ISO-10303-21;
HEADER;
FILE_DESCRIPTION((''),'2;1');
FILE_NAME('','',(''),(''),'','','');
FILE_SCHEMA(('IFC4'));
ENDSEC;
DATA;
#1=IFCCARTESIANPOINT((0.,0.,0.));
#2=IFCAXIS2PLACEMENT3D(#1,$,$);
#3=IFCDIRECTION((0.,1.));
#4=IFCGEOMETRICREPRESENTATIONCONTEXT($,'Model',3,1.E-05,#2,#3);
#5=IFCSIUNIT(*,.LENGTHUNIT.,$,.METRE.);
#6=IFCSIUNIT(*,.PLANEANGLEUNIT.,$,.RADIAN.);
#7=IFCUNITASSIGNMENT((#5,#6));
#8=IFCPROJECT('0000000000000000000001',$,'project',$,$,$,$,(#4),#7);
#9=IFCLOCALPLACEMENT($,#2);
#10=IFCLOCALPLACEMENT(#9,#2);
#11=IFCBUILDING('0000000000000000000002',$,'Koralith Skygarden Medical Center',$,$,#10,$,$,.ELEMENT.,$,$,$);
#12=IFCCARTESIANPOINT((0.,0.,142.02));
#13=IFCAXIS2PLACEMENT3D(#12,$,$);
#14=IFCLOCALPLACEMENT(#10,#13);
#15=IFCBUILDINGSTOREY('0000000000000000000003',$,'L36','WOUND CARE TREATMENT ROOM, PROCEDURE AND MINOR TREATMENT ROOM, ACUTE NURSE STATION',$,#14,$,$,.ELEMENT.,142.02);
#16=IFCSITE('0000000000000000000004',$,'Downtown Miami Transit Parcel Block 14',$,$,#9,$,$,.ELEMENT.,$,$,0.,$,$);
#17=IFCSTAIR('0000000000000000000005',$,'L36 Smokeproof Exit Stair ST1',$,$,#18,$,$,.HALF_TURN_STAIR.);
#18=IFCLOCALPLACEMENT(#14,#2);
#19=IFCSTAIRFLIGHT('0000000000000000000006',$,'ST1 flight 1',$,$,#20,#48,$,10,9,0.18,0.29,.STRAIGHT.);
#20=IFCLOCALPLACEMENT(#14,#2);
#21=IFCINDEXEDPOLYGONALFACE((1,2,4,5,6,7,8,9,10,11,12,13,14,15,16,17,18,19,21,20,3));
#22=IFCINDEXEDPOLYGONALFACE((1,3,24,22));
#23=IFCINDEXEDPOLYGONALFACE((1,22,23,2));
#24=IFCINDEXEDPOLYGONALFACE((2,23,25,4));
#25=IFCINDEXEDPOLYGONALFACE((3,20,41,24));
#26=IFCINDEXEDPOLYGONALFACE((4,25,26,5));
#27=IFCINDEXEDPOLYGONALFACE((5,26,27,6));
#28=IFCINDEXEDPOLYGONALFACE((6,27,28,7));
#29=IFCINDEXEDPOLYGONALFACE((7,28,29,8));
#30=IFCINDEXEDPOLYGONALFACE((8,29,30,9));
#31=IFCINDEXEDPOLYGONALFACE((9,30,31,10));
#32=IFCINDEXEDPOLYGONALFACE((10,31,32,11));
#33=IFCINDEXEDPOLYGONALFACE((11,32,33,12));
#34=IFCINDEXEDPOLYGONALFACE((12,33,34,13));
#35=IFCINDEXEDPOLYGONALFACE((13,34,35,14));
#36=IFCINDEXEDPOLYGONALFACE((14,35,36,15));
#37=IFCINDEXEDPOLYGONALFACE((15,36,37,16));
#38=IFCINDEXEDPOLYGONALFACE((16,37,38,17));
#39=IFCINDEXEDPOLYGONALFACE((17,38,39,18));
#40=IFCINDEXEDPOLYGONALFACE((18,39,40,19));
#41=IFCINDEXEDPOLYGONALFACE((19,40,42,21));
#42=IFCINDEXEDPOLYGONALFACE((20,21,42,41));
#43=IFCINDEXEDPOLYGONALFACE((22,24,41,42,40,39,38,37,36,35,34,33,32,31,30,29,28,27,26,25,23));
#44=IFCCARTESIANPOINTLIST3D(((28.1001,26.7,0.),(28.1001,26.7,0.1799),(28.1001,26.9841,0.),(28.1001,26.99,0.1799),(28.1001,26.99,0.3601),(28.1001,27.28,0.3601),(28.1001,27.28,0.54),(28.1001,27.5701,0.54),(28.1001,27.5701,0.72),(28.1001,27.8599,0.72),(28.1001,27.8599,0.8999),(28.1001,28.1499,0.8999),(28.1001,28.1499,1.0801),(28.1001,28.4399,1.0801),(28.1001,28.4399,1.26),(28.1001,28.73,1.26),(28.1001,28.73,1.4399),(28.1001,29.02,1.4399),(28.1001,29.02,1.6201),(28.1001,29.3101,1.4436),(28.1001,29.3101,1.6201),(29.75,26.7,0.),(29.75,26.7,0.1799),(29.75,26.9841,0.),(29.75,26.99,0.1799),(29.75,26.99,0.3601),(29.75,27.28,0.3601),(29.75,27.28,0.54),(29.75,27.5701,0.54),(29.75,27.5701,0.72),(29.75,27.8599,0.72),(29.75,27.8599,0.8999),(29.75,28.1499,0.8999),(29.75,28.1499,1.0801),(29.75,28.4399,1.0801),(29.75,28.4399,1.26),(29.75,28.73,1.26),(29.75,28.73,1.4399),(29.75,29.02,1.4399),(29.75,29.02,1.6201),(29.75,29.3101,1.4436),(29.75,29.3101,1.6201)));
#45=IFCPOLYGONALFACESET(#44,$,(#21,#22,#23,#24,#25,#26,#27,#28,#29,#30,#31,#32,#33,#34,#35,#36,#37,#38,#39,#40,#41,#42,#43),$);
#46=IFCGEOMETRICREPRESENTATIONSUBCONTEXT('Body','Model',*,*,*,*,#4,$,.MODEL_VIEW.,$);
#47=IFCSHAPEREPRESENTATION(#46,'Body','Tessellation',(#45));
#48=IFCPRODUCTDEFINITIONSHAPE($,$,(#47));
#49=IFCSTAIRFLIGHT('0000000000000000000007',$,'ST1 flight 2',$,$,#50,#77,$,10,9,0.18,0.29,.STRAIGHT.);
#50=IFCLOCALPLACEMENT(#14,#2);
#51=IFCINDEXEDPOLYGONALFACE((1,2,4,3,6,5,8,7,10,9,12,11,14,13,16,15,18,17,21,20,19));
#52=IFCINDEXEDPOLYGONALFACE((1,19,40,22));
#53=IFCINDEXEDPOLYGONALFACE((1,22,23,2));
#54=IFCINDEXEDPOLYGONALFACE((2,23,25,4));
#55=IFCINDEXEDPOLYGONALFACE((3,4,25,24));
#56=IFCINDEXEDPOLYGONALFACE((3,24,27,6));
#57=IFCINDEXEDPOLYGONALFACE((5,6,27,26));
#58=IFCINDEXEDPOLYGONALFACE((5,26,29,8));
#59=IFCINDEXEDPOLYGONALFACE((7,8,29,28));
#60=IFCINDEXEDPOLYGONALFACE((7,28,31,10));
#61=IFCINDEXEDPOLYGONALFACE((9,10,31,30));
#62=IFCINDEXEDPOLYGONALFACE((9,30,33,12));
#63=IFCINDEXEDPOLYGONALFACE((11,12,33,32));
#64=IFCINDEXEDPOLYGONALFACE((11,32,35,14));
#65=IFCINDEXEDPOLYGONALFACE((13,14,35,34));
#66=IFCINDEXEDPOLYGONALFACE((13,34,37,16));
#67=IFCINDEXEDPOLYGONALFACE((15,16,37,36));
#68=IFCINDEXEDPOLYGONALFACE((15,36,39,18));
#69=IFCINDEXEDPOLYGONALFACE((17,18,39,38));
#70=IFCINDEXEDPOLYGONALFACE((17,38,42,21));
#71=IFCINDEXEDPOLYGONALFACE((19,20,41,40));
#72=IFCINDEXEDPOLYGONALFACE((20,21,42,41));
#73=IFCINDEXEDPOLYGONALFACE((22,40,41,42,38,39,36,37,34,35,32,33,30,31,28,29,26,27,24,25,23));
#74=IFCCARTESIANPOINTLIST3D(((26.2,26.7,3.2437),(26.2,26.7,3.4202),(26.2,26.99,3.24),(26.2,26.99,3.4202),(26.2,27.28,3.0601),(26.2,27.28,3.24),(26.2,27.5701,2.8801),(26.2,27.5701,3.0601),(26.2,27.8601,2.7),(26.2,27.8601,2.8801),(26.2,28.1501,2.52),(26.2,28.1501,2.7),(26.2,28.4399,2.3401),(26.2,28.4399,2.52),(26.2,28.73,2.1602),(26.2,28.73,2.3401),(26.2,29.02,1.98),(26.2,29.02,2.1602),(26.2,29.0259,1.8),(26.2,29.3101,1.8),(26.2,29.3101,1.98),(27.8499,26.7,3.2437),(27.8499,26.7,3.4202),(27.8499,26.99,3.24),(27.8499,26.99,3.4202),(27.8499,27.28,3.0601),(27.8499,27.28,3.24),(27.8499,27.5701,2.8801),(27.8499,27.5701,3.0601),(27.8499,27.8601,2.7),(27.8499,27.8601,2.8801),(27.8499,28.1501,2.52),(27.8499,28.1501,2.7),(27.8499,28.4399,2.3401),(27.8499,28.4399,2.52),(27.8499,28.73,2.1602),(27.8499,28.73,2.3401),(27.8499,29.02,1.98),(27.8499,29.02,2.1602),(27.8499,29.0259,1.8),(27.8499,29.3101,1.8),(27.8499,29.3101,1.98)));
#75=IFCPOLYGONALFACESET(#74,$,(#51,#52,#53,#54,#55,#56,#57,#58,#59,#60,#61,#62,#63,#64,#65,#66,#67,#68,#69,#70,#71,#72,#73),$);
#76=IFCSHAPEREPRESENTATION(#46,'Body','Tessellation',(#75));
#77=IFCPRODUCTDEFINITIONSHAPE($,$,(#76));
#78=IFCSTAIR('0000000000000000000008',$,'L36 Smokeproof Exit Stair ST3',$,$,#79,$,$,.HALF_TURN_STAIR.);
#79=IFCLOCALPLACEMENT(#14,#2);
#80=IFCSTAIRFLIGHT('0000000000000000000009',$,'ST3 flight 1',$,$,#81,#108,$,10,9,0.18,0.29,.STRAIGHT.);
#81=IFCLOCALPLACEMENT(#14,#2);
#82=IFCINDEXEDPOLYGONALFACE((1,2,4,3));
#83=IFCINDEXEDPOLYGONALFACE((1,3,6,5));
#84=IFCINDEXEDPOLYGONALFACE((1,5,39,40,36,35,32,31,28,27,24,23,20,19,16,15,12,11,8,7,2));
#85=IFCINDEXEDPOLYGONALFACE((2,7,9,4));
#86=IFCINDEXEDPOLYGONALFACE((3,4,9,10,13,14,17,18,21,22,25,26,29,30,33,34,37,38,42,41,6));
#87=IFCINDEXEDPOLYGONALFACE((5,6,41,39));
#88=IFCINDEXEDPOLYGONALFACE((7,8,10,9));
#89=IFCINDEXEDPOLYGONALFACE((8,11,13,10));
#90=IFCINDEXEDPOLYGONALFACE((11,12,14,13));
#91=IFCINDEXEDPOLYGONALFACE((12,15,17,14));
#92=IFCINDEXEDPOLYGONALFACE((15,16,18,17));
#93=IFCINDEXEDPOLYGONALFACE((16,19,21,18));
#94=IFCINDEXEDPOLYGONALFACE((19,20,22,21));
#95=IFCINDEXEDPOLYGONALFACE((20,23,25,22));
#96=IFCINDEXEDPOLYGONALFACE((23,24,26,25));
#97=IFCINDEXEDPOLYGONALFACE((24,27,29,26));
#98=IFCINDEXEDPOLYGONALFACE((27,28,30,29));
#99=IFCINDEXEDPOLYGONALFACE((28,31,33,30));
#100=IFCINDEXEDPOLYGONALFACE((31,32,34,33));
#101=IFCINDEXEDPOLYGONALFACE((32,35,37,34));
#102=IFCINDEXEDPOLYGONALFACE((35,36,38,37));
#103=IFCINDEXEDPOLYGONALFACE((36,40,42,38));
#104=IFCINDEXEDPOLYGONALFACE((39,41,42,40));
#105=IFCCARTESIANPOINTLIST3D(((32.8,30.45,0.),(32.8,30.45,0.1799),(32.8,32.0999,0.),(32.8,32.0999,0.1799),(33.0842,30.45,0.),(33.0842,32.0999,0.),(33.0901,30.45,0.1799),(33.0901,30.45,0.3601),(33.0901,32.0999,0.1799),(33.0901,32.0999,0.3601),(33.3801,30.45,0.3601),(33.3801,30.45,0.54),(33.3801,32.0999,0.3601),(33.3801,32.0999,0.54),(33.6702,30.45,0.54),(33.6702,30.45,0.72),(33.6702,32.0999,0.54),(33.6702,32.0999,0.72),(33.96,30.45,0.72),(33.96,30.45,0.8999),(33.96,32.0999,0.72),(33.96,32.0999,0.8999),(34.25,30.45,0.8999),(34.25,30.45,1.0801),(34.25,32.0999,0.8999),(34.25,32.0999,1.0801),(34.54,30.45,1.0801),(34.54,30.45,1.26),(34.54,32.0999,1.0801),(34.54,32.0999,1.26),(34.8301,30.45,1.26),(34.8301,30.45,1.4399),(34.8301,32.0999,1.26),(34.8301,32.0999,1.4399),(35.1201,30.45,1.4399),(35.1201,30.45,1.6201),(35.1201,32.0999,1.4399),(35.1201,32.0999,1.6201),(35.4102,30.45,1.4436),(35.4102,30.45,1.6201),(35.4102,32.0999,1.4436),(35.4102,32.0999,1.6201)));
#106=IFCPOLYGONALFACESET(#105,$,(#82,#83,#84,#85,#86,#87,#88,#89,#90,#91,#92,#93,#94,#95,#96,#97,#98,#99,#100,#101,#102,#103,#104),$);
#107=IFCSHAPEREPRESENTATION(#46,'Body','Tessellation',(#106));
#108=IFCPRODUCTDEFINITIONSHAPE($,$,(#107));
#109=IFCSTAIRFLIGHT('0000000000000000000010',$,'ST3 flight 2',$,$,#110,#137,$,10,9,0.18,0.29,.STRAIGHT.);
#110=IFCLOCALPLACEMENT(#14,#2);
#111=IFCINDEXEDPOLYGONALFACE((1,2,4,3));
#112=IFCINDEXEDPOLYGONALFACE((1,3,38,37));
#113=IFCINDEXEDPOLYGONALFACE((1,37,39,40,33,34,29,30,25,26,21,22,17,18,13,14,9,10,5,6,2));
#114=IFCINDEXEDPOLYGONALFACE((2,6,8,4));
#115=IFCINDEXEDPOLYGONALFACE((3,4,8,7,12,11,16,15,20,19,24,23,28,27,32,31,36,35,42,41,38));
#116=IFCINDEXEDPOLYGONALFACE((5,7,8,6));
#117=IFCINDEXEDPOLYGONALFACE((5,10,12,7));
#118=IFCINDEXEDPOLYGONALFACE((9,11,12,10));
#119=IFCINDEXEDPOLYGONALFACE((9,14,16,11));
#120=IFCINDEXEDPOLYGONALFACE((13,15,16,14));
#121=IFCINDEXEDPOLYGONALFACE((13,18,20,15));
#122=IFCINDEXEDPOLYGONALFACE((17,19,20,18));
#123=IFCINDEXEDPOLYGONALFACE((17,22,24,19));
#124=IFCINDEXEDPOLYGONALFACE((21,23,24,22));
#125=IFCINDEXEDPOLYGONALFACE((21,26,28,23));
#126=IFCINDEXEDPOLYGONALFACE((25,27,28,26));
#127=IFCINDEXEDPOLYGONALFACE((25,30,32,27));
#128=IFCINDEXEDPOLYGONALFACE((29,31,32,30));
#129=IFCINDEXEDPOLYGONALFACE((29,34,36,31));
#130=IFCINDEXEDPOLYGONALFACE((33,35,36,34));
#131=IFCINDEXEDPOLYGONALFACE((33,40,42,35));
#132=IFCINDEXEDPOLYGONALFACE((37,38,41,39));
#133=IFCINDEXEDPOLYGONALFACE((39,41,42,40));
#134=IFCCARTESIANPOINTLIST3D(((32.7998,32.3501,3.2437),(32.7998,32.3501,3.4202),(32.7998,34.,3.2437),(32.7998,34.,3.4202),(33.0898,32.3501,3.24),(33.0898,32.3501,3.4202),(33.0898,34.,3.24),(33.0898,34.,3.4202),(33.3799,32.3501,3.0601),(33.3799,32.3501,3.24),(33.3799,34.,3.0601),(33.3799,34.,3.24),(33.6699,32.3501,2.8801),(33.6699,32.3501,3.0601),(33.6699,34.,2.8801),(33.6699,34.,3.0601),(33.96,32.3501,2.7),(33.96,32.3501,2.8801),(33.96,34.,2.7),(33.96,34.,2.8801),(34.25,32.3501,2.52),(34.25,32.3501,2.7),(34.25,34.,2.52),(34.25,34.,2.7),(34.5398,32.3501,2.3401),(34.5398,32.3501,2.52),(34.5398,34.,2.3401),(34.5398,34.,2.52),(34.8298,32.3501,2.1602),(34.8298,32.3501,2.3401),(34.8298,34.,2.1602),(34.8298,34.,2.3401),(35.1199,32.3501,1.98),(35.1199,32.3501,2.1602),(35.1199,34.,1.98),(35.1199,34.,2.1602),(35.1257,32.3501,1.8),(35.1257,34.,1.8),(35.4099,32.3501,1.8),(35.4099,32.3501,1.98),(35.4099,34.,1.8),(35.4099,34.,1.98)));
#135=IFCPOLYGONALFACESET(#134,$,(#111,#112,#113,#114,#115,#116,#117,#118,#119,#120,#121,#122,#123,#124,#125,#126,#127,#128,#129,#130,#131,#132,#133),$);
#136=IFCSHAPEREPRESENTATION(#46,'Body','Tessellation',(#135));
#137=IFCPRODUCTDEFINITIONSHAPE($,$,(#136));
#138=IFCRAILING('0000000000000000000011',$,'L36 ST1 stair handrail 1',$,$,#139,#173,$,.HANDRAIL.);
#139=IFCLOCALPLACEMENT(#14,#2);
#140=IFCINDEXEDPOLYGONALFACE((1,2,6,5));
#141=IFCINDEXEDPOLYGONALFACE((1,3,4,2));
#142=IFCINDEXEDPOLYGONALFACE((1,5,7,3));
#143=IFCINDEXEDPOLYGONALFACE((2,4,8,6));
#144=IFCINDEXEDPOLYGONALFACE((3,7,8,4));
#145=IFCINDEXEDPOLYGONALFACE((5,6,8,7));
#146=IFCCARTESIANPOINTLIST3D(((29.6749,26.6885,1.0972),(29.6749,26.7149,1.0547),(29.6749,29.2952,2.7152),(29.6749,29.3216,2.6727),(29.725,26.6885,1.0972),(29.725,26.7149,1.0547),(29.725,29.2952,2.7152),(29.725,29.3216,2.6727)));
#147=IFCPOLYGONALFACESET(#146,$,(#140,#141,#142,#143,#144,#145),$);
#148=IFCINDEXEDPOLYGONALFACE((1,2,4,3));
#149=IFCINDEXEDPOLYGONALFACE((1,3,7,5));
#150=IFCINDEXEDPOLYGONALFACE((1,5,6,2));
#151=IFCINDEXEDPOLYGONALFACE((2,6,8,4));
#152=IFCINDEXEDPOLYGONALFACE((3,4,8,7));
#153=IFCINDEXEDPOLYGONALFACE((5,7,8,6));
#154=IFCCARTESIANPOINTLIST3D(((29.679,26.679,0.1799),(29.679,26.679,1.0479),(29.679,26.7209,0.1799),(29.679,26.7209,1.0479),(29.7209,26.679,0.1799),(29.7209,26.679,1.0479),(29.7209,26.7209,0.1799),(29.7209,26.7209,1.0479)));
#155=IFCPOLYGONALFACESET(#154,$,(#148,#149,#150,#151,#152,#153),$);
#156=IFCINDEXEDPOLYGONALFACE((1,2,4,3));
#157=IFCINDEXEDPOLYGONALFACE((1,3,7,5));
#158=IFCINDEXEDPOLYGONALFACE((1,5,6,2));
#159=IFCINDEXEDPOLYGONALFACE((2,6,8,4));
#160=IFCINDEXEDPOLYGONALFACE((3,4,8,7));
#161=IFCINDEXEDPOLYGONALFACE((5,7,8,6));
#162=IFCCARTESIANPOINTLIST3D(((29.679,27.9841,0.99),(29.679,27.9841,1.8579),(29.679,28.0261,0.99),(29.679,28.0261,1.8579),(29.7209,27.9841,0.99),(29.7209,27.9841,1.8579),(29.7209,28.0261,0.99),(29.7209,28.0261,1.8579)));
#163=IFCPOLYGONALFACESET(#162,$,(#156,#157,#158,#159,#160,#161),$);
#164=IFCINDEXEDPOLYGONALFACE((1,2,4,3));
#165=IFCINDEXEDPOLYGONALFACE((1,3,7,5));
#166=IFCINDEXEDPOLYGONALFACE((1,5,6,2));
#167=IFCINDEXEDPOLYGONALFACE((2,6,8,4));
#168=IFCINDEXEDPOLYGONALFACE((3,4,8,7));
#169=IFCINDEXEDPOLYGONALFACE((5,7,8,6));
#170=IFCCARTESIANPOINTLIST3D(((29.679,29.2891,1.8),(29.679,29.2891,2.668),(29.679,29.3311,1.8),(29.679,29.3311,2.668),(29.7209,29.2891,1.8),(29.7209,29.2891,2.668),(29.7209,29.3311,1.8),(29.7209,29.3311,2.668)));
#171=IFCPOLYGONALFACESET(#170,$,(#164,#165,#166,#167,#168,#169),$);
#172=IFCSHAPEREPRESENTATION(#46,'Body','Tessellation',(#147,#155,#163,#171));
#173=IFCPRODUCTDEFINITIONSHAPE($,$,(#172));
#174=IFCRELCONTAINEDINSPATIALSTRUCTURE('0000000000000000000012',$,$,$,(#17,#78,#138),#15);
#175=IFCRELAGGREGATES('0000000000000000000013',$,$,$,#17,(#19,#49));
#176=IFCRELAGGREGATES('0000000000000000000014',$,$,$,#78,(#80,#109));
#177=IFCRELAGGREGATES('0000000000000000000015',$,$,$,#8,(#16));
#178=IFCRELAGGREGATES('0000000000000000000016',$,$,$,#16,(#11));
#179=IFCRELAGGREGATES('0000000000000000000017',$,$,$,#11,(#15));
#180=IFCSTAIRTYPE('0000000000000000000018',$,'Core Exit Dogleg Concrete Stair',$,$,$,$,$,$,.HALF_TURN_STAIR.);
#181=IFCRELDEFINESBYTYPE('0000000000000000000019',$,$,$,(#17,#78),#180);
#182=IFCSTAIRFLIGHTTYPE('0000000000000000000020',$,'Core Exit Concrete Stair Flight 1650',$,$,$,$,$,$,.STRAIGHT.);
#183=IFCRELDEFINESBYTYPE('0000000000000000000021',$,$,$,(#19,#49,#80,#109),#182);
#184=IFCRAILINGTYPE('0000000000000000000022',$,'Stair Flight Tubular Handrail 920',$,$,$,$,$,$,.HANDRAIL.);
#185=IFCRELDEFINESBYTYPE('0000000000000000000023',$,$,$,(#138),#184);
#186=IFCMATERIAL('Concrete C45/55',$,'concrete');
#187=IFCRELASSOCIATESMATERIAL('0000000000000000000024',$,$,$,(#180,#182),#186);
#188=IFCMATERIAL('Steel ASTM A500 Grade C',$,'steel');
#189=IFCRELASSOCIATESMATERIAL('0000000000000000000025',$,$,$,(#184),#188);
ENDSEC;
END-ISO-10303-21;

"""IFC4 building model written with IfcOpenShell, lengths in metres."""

from ifc_helpers import new_model, si_unit, direction, frame, origin, origin_2d, place, context, subcontext, project, spatial, polyline, rectangle, outline, extrude, material, type_object, element, aggregate, save


model = new_model("IFC4")

# Units and contexts
model_context = context("Model", 3, precision=1e-05, world=origin(), true_north=direction((0.0, 1.0)))
body_context = subcontext(model_context, "Body", "Model", "MODEL_VIEW")
ifc_project = project(units=[si_unit("LENGTHUNIT", "METRE"), si_unit("PLANEANGLEUNIT", "RADIAN")], contexts=[model_context])

# Site, building, storey
site_placement = place(None, origin())
site = spatial("IfcSite", under=ifc_project, at=site_placement, Name="Downtown Miami Transit Parcel Block 14", CompositionType="ELEMENT", RefElevation=0.0)
building_placement = place(site_placement, origin())
building = spatial("IfcBuilding", under=site, at=building_placement, Name="Koralith Skygarden Medical Center", CompositionType="ELEMENT")
storey_placement = place(building_placement, frame((0.0, 0.0, 142.02)))
storey = spatial("IfcBuildingStorey", under=building, at=storey_placement, Name="L36", Description="WOUND CARE TREATMENT ROOM, PROCEDURE AND MINOR TREATMENT ROOM, ACUTE NURSE STATION", CompositionType="ELEMENT", Elevation=142.02)

# Shared definitions
ifc_material_1 = material(Name="Concrete C45/55", Category="concrete")

# Stairs, stair flights
stair_type = type_object("IfcStairType", Name="Core Exit Dogleg Concrete Stair", PredefinedType="HALF_TURN_STAIR", material=ifc_material_1)
stair_1_placement = place(storey_placement, origin())
stair_1 = element("IfcStair", 1, at=stair_1_placement, inside=storey, type_object=stair_type, Name="L36 Smokeproof Exit Stair ST1", PredefinedType="HALF_TURN_STAIR")
stair_flight_type = type_object("IfcStairFlightType", Name="Core Exit Concrete Stair Flight 1650", PredefinedType="STRAIGHT", material=ifc_material_1)
stair_flight_1_placement = place(storey_placement, frame((28.925, 26.7, 0.0), z_axis=(0.0, 0.0, 1.0), x_axis=(0.0, 1.0, 0.0)))
stair_flight_1 = element("IfcStairFlight", 2, at=stair_flight_1_placement, type_object=stair_flight_type, Name="ST1 flight 1", NumberOfRisers=10, NumberOfTreads=9, PredefinedType="STRAIGHT", RiserHeight=0.18, TreadLength=0.29, context=body_context, shape_type="SweptSolid", body=[
    extrude(outline(polyline([(0.0, 0.0), (0.0, 0.1799), (0.29, 0.1799), (0.29, 0.3601), (0.5801, 0.3601), (0.5801, 0.54), (0.8701, 0.54), (0.8701, 0.72), (1.1599, 0.72), (1.1599, 0.8999), (1.45, 0.8999), (1.45, 1.0801), (1.74, 1.0801), (1.74, 1.26), (2.03, 1.26), (2.03, 1.4399), (2.3201, 1.4399), (2.3201, 1.6201), (2.6101, 1.6201), (2.6101, 1.8), (2.6101, 1.4436), (0.2842, 0.0), (0.0, 0.0)])), frame((0.0, 0.825, 0.0), z_axis=(0.0, -1.0, 0.0), x_axis=(1.0, 0.0, 0.0)), (0.0, 0.0, 1.0), 1.6499),
])
stair_flight_2_placement = place(storey_placement, frame((27.0249, 29.3101, 1.8), z_axis=(0.0, 0.0, 1.0), x_axis=(0.0, -1.0, 0.0)))
stair_flight_2 = element("IfcStairFlight", 3, at=stair_flight_2_placement, type_object=stair_flight_type, Name="ST1 flight 2", NumberOfRisers=10, NumberOfTreads=9, PredefinedType="STRAIGHT", RiserHeight=0.18, TreadLength=0.29, context=body_context, shape_type="SweptSolid", body=[
    extrude(outline(polyline([(0.0, 0.0), (0.0, 0.1799), (0.29, 0.1799), (0.29, 0.3601), (0.5801, 0.3601), (0.5801, 0.54), (0.8701, 0.54), (0.8701, 0.72), (1.1599, 0.72), (1.1599, 0.8999), (1.45, 0.8999), (1.45, 1.0801), (1.74, 1.0801), (1.74, 1.26), (2.03, 1.26), (2.03, 1.4399), (2.3201, 1.4399), (2.3201, 1.6201), (2.6101, 1.6201), (2.6101, 1.8), (2.6101, 1.4436), (0.2842, 0.0), (0.0, 0.0)])), frame((0.0, 0.825, 0.0), z_axis=(0.0, -1.0, 0.0), x_axis=(1.0, 0.0, 0.0)), (0.0, 0.0, 1.0), 1.6499),
])
aggregate(stair_1, [stair_flight_1, stair_flight_2])
stair_2_placement = place(storey_placement, origin())
stair_2 = element("IfcStair", 4, at=stair_2_placement, inside=storey, type_object=stair_type, Name="L36 Smokeproof Exit Stair ST3", PredefinedType="HALF_TURN_STAIR")
stair_flight_3_placement = place(storey_placement, frame((32.8, 31.2749, 0.0), z_axis=(0.0, 0.0, 1.0), x_axis=(1.0, 0.0, 0.0)))
stair_flight_3 = element("IfcStairFlight", 5, at=stair_flight_3_placement, type_object=stair_flight_type, Name="ST3 flight 1", NumberOfRisers=10, NumberOfTreads=9, PredefinedType="STRAIGHT", RiserHeight=0.18, TreadLength=0.29, context=body_context, shape_type="SweptSolid", body=[
    extrude(outline(polyline([(0.0, 0.0), (0.0, 0.1799), (0.29, 0.1799), (0.29, 0.3601), (0.5801, 0.3601), (0.5801, 0.54), (0.8701, 0.54), (0.8701, 0.72), (1.1599, 0.72), (1.1599, 0.8999), (1.45, 0.8999), (1.45, 1.0801), (1.74, 1.0801), (1.74, 1.26), (2.03, 1.26), (2.03, 1.4399), (2.3201, 1.4399), (2.3201, 1.6201), (2.6101, 1.6201), (2.6101, 1.8), (2.6101, 1.4436), (0.2842, 0.0), (0.0, 0.0)])), frame((0.0, 0.825, 0.0), z_axis=(0.0, -1.0, 0.0), x_axis=(1.0, 0.0, 0.0)), (0.0, 0.0, 1.0), 1.6499),
])
stair_flight_4_placement = place(storey_placement, frame((35.4099, 33.175, 1.8), z_axis=(0.0, 0.0, 1.0), x_axis=(-1.0, 0.0, 0.0)))
stair_flight_4 = element("IfcStairFlight", 6, at=stair_flight_4_placement, type_object=stair_flight_type, Name="ST3 flight 2", NumberOfRisers=10, NumberOfTreads=9, PredefinedType="STRAIGHT", RiserHeight=0.18, TreadLength=0.29, context=body_context, shape_type="SweptSolid", body=[
    extrude(outline(polyline([(0.0, 0.0), (0.0, 0.1799), (0.29, 0.1799), (0.29, 0.3601), (0.5801, 0.3601), (0.5801, 0.54), (0.8701, 0.54), (0.8701, 0.72), (1.1599, 0.72), (1.1599, 0.8999), (1.45, 0.8999), (1.45, 1.0801), (1.74, 1.0801), (1.74, 1.26), (2.03, 1.26), (2.03, 1.4399), (2.3201, 1.4399), (2.3201, 1.6201), (2.6101, 1.6201), (2.6101, 1.8), (2.6101, 1.4436), (0.2842, 0.0), (0.0, 0.0)])), frame((0.0, 0.825, 0.0), z_axis=(0.0, -1.0, 0.0), x_axis=(1.0, 0.0, 0.0)), (0.0, 0.0, 1.0), 1.6499),
])
aggregate(stair_2, [stair_flight_3, stair_flight_4])

# Railing
ifc_material_2 = material(Name="Steel ASTM A500 Grade C", Category="steel")
railing_type_1 = type_object("IfcRailingType", Name="Stair Flight Tubular Handrail 920", PredefinedType="HANDRAIL", material=ifc_material_2)
railing_1_placement = place(storey_placement, frame((29.7, 26.7, 0.1799)))
element("IfcRailing", 7, at=railing_1_placement, inside=storey, type_object=railing_type_1, Name="L36 ST1 stair handrail 1", PredefinedType="HANDRAIL", context=body_context, shape_type="SweptSolid", body=[
    extrude(rectangle(XDim=0.05, YDim=0.05, at=origin_2d()), frame((0.0, 0.0017, 0.896), z_axis=(0.0, 0.849633, 0.527375), x_axis=(-1.0, 0.0, 0.0)), (0.0, 0.0, 1.0), 3.0681),
    extrude(rectangle(XDim=0.042, YDim=0.042, at=origin_2d()), origin(), (0.0, 0.0, 1.0), 0.8679),
    extrude(rectangle(XDim=0.042, YDim=0.042, at=origin_2d()), frame((0.0, 1.3052, 0.8101)), (0.0, 0.0, 1.0), 0.8679),
    extrude(rectangle(XDim=0.042, YDim=0.042, at=origin_2d()), frame((0.0, 2.6101, 1.6201)), (0.0, 0.0, 1.0), 0.8679),
])

save(model, "model.ifc")
